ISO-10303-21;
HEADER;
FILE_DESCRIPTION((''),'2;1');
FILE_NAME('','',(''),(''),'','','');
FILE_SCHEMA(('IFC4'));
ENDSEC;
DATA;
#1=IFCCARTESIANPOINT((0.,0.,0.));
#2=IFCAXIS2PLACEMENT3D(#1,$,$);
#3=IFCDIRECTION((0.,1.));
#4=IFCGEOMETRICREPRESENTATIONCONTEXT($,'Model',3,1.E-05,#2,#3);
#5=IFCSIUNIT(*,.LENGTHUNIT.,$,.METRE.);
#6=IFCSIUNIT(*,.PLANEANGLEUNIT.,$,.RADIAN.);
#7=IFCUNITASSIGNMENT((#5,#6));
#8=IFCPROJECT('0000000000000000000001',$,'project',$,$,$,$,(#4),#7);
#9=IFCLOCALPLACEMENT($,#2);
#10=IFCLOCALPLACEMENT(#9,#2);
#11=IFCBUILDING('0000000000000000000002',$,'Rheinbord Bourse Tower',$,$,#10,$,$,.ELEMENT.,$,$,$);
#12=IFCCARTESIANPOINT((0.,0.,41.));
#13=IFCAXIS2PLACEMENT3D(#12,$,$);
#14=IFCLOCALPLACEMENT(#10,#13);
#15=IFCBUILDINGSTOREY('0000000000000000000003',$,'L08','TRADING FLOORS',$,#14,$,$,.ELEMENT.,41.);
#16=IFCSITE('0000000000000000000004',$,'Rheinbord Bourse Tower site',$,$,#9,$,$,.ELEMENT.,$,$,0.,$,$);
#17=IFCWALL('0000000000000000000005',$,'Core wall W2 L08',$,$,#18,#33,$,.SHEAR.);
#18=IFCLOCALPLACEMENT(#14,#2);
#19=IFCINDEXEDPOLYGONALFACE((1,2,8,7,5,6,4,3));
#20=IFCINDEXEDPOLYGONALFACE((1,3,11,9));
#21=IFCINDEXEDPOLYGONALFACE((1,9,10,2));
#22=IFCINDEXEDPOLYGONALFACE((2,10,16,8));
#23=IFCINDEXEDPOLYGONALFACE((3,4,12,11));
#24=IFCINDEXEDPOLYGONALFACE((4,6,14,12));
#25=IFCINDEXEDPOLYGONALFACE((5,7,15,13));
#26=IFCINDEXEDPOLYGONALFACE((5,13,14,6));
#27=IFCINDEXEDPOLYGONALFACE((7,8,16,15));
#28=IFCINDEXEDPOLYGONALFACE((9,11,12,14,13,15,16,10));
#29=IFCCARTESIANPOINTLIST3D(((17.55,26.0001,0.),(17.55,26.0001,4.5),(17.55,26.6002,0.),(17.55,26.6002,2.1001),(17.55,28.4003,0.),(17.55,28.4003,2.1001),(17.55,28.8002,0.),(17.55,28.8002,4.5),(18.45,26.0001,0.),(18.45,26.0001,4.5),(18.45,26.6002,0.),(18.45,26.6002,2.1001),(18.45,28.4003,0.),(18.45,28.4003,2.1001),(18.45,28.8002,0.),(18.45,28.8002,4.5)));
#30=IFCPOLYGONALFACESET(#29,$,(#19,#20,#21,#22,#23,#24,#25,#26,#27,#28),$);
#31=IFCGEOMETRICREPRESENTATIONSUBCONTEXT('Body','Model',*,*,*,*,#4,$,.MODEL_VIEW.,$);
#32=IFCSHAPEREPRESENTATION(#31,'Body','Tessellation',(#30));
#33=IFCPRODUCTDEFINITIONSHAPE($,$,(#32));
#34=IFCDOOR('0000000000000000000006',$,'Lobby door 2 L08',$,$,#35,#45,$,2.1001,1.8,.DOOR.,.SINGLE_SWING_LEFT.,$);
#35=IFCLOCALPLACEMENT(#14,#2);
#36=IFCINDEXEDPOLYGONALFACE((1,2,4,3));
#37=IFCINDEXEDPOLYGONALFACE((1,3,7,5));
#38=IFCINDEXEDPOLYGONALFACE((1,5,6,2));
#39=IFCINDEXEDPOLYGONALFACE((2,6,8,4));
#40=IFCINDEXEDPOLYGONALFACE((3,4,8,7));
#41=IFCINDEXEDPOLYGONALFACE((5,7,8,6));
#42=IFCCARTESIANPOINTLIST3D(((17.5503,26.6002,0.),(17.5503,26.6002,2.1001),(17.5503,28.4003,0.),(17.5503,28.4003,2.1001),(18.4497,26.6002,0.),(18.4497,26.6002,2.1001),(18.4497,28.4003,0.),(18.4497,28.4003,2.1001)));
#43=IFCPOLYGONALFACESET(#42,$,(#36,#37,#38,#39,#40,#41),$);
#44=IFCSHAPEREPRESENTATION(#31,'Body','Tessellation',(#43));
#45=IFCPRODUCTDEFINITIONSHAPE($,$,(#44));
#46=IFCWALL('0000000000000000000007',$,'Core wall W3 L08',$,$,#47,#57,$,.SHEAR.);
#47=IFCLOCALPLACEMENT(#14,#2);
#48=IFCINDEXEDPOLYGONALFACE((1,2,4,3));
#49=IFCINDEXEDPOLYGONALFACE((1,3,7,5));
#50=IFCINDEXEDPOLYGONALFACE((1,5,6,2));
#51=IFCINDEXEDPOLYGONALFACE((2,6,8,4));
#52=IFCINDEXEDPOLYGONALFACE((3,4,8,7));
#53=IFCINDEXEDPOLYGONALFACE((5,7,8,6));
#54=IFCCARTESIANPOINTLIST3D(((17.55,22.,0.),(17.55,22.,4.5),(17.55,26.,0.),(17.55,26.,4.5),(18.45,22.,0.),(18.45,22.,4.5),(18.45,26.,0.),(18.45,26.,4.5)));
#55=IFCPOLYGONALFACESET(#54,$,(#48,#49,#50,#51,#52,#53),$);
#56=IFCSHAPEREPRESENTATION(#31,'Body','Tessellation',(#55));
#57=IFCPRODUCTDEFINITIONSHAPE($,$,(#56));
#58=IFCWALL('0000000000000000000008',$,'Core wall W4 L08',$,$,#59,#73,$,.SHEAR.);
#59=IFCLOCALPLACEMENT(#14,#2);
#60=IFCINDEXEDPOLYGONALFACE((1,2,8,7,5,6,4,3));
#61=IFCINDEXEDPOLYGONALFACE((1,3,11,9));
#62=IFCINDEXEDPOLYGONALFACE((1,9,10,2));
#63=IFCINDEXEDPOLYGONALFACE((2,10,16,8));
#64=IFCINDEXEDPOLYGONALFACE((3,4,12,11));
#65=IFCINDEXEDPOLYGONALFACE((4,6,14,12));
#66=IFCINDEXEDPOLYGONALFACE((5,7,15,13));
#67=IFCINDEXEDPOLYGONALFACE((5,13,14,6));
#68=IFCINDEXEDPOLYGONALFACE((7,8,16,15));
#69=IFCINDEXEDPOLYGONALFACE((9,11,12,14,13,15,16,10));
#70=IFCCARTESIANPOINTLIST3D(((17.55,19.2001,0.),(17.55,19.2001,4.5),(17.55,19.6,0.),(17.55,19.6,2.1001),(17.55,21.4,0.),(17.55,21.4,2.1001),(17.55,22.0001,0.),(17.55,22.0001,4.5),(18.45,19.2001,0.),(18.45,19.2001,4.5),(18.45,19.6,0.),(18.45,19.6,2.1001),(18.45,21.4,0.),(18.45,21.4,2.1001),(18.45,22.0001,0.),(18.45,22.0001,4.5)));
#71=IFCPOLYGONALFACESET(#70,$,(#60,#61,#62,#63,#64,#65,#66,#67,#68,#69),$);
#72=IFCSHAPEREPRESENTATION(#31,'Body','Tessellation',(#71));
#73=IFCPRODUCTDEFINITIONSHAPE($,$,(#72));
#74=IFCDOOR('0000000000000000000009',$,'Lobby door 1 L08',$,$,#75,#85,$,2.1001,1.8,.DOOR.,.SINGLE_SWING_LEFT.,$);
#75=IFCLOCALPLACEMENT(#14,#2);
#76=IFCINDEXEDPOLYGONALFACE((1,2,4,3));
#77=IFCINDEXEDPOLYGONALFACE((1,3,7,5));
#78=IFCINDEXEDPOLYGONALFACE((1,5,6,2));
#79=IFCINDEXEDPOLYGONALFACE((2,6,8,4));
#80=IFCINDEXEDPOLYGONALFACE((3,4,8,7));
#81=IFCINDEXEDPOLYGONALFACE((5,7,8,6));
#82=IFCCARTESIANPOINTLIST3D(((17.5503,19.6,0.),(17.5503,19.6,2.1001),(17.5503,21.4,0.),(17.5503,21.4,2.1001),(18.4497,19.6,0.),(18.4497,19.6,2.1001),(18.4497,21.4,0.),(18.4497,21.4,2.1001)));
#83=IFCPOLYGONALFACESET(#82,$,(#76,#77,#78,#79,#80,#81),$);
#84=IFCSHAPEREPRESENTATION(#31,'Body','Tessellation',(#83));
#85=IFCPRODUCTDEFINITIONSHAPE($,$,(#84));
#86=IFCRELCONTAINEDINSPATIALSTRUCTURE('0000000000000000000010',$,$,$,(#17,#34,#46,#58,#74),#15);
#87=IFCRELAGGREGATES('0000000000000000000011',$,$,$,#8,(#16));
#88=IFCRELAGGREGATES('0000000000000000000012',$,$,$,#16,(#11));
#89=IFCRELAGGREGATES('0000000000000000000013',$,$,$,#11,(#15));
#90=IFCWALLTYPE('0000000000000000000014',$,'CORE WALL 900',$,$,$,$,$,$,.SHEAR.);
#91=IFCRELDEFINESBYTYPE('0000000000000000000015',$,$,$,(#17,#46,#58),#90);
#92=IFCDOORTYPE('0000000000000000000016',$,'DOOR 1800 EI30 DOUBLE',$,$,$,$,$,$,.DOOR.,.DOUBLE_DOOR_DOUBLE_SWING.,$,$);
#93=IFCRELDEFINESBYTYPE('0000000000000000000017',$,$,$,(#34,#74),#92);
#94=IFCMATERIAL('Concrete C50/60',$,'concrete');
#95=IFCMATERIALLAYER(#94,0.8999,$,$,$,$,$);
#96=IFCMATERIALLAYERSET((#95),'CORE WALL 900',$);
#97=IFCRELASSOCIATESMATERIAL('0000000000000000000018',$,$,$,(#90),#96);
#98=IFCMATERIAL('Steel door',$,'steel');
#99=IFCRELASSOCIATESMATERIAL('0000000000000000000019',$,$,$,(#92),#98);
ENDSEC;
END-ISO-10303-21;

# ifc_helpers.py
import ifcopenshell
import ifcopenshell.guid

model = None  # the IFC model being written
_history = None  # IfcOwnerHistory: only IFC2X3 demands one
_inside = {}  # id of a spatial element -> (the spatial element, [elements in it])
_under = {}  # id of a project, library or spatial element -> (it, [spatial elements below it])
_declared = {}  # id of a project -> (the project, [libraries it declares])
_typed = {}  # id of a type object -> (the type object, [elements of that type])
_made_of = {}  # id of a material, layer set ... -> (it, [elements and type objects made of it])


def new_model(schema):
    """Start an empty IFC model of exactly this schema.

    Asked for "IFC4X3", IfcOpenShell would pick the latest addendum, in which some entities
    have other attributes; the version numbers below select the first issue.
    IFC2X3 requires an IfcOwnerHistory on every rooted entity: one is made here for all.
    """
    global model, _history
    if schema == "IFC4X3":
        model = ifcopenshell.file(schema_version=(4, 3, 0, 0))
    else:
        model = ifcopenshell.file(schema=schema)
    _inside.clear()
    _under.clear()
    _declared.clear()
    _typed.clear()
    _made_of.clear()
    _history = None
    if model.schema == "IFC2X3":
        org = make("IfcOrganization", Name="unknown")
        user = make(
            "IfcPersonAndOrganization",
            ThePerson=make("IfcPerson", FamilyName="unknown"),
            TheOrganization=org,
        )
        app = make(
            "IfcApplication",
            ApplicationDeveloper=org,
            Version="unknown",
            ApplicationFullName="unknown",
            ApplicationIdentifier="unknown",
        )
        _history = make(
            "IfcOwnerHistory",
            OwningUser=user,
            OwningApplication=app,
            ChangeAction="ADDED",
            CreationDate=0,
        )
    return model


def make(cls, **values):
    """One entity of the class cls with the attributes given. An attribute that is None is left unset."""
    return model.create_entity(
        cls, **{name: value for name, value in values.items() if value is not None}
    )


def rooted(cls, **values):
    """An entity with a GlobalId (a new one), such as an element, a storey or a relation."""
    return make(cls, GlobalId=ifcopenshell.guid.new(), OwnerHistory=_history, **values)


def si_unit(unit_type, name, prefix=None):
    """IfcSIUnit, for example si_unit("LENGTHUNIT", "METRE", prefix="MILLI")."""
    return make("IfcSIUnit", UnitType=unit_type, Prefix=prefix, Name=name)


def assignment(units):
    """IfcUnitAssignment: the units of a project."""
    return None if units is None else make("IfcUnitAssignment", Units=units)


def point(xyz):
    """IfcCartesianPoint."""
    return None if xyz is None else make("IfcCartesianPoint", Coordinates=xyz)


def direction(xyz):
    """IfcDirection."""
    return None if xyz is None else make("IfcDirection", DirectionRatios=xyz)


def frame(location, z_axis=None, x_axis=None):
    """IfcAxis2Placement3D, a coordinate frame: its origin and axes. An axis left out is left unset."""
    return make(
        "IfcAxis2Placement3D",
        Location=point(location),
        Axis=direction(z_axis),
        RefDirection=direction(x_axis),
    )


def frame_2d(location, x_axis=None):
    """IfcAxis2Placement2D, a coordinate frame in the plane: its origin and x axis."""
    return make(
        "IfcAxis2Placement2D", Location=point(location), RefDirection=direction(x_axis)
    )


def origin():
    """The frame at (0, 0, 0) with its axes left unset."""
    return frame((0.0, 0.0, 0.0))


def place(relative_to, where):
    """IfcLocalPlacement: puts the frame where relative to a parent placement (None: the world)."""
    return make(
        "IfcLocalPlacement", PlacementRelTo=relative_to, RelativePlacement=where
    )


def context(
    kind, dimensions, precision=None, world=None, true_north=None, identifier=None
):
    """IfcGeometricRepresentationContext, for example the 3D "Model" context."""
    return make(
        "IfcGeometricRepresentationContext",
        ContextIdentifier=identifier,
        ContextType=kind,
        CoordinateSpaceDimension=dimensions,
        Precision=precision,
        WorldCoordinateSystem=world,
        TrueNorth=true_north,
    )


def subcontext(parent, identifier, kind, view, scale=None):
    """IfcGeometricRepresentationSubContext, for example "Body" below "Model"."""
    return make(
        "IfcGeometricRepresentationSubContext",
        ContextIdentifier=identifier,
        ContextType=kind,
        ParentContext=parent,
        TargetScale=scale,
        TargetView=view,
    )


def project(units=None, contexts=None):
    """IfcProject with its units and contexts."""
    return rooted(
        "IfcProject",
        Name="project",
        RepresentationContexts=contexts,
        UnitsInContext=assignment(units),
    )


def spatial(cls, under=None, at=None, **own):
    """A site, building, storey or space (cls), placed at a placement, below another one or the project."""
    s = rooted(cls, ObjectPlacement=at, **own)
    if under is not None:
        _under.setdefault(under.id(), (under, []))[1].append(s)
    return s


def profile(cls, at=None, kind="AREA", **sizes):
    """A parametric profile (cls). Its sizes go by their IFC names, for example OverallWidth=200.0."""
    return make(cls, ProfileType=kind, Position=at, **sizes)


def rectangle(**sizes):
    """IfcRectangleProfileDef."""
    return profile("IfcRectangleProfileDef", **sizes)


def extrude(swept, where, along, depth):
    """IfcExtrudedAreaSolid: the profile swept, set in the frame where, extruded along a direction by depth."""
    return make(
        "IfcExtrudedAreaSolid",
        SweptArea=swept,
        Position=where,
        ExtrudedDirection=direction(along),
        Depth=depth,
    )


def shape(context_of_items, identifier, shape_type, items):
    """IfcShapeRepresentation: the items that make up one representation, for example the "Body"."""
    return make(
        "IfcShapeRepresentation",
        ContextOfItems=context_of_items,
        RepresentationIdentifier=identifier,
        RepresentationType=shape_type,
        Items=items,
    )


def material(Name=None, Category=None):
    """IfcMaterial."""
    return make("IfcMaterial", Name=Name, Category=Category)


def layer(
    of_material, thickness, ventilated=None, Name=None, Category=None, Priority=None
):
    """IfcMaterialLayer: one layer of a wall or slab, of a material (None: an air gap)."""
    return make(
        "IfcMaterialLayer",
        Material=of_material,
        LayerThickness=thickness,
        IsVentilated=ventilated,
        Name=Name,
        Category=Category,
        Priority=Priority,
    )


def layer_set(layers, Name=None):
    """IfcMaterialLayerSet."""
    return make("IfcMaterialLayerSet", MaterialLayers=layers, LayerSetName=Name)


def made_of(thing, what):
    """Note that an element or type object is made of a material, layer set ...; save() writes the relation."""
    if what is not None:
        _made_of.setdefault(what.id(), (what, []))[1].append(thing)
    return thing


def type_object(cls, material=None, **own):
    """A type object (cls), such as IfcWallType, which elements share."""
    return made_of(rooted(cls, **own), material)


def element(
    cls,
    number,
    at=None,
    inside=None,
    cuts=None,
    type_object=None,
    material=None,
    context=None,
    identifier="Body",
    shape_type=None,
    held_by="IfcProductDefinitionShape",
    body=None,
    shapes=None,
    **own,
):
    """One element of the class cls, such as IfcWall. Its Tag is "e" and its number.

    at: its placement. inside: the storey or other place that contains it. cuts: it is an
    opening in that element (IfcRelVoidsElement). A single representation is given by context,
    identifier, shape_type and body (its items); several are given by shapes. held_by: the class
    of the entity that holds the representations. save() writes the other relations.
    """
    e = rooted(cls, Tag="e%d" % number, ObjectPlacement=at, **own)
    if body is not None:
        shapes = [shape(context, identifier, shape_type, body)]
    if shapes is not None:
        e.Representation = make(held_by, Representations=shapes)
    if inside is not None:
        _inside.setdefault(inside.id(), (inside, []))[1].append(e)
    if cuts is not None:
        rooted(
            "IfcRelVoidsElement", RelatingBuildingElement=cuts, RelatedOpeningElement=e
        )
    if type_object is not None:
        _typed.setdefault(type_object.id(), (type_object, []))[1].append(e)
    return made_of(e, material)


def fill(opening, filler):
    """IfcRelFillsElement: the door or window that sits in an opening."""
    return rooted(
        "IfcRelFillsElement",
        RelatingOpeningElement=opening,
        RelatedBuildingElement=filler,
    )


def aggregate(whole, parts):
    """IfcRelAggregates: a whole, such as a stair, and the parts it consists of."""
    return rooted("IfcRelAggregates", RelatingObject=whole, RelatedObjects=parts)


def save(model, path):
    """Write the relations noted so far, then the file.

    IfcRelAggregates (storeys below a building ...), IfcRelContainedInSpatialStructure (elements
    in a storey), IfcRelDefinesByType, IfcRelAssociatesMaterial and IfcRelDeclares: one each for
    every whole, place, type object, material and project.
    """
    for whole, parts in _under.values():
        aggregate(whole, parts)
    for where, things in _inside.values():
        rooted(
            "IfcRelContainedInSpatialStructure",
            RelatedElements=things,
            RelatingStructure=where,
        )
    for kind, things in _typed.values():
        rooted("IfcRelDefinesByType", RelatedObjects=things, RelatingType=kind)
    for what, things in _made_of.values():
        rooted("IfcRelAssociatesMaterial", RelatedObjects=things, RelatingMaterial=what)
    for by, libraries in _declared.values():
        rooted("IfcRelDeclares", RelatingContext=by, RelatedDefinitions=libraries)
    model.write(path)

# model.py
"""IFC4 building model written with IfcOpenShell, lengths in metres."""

from ifc_helpers import new_model, si_unit, direction, frame, frame_2d, origin, place, context, subcontext, project, spatial, rectangle, extrude, material, layer, layer_set, type_object, element, fill, save


model = new_model("IFC4")

# Units and contexts
model_context = context("Model", 3, precision=1e-05, world=origin(), true_north=direction((0.0, 1.0)))
body_context = subcontext(model_context, "Body", "Model", "MODEL_VIEW")
ifc_project = project(units=[si_unit("LENGTHUNIT", "METRE"), si_unit("PLANEANGLEUNIT", "RADIAN")], contexts=[model_context])

# Site, building, storey
site_placement = place(None, origin())
site = spatial("IfcSite", under=ifc_project, at=site_placement, Name="Rheinbord Bourse Tower site", CompositionType="ELEMENT", RefElevation=0.0)
building_placement = place(site_placement, origin())
building = spatial("IfcBuilding", under=site, at=building_placement, Name="Rheinbord Bourse Tower", CompositionType="ELEMENT")
storey_placement = place(building_placement, frame((0.0, 0.0, 41.0)))
storey = spatial("IfcBuildingStorey", under=building, at=storey_placement, Name="L08", Description="TRADING FLOORS", CompositionType="ELEMENT", Elevation=41.0)

# Wall, opening, door
ifc_material_1 = material(Name="Concrete C50/60", Category="concrete")
ifc_layer_1 = layer(ifc_material_1, 0.8999)
ifc_layer_set_1 = layer_set([ifc_layer_1], Name="CORE WALL 900")
wall_type_1 = type_object("IfcWallType", Name="CORE WALL 900", PredefinedType="SHEAR", material=ifc_layer_set_1)
wall_1_placement = place(storey_placement, frame((18.0, 28.8, 0.0), z_axis=(0.0, 0.0, 1.0), x_axis=(0.0, -1.0, 0.0)))
wall_1 = element("IfcWall", 1, at=wall_1_placement, inside=storey, type_object=wall_type_1, Name="Core wall W2 L08", PredefinedType="SHEAR", context=body_context, shape_type="SweptSolid", body=[
    extrude(rectangle(XDim=2.8, YDim=0.8999, at=frame_2d((1.3999, 0.0))), origin(), (0.0, 0.0, 1.0), 4.5),
])
opening_1_placement = place(wall_1_placement, frame((0.3999, 0.0, 0.0)))
opening_1 = element("IfcOpeningElement", 2, at=opening_1_placement, cuts=wall_1, PredefinedType="OPENING", context=body_context, shape_type="SweptSolid", body=[
    extrude(rectangle(XDim=1.8, YDim=2.1001, at=frame_2d((0.8999, 1.05))), frame((0.0, 0.46, 0.0), z_axis=(0.0, -1.0, 0.0), x_axis=(1.0, 0.0, 0.0)), (0.0, 0.0, 1.0), 0.9199),
])
ifc_material_2 = material(Name="Steel door", Category="steel")
door_type_1 = type_object("IfcDoorType", Name="DOOR 1800 EI30 DOUBLE", OperationType="DOUBLE_DOOR_DOUBLE_SWING", PredefinedType="DOOR", material=ifc_material_2)
door_1_placement = place(opening_1_placement, origin())
door_1 = element("IfcDoor", 3, at=door_1_placement, inside=storey, type_object=door_type_1, Name="Lobby door 2 L08", OperationType="SINGLE_SWING_LEFT", OverallHeight=2.1001, OverallWidth=1.8, PredefinedType="DOOR", context=body_context, shape_type="SweptSolid", body=[
    extrude(rectangle(XDim=1.8, YDim=2.1001, at=frame_2d((0.8999, 1.05))), frame((0.0, 0.4497, 0.0), z_axis=(0.0, -1.0, 0.0), x_axis=(1.0, 0.0, 0.0)), (0.0, 0.0, 1.0), 0.8994),
])
fill(opening_1, door_1)

# Wall
wall_2_placement = place(storey_placement, frame((18.0, 26.0, 0.0), z_axis=(0.0, 0.0, 1.0), x_axis=(0.0, -1.0, 0.0)))
element("IfcWall", 4, at=wall_2_placement, inside=storey, type_object=wall_type_1, Name="Core wall W3 L08", PredefinedType="SHEAR", context=body_context, shape_type="SweptSolid", body=[
    extrude(rectangle(XDim=4.0, YDim=0.8999, at=frame_2d((2.0, 0.0))), origin(), (0.0, 0.0, 1.0), 4.5),
])

# Wall, opening, door
wall_3_placement = place(storey_placement, frame((18.0, 22.0, 0.0), z_axis=(0.0, 0.0, 1.0), x_axis=(0.0, -1.0, 0.0)))
wall_3 = element("IfcWall", 5, at=wall_3_placement, inside=storey, type_object=wall_type_1, Name="Core wall W4 L08", PredefinedType="SHEAR", context=body_context, shape_type="SweptSolid", body=[
    extrude(rectangle(XDim=2.8, YDim=0.8999, at=frame_2d((1.3999, 0.0))), origin(), (0.0, 0.0, 1.0), 4.5),
])
opening_2_placement = place(wall_3_placement, frame((0.6001, 0.0, 0.0)))
opening_2 = element("IfcOpeningElement", 6, at=opening_2_placement, cuts=wall_3, PredefinedType="OPENING", context=body_context, shape_type="SweptSolid", body=[
    extrude(rectangle(XDim=1.8, YDim=2.1001, at=frame_2d((0.8999, 1.05))), frame((0.0, 0.46, 0.0), z_axis=(0.0, -1.0, 0.0), x_axis=(1.0, 0.0, 0.0)), (0.0, 0.0, 1.0), 0.9199),
])
door_2_placement = place(opening_2_placement, origin())
door_2 = element("IfcDoor", 7, at=door_2_placement, inside=storey, type_object=door_type_1, Name="Lobby door 1 L08", OperationType="SINGLE_SWING_LEFT", OverallHeight=2.1001, OverallWidth=1.8, PredefinedType="DOOR", context=body_context, shape_type="SweptSolid", body=[
    extrude(rectangle(XDim=1.8, YDim=2.1001, at=frame_2d((0.8999, 1.05))), frame((0.0, 0.4497, 0.0), z_axis=(0.0, -1.0, 0.0), x_axis=(1.0, 0.0, 0.0)), (0.0, 0.0, 1.0), 0.8994),
])
fill(opening_2, door_2)

save(model, "model.ifc")
